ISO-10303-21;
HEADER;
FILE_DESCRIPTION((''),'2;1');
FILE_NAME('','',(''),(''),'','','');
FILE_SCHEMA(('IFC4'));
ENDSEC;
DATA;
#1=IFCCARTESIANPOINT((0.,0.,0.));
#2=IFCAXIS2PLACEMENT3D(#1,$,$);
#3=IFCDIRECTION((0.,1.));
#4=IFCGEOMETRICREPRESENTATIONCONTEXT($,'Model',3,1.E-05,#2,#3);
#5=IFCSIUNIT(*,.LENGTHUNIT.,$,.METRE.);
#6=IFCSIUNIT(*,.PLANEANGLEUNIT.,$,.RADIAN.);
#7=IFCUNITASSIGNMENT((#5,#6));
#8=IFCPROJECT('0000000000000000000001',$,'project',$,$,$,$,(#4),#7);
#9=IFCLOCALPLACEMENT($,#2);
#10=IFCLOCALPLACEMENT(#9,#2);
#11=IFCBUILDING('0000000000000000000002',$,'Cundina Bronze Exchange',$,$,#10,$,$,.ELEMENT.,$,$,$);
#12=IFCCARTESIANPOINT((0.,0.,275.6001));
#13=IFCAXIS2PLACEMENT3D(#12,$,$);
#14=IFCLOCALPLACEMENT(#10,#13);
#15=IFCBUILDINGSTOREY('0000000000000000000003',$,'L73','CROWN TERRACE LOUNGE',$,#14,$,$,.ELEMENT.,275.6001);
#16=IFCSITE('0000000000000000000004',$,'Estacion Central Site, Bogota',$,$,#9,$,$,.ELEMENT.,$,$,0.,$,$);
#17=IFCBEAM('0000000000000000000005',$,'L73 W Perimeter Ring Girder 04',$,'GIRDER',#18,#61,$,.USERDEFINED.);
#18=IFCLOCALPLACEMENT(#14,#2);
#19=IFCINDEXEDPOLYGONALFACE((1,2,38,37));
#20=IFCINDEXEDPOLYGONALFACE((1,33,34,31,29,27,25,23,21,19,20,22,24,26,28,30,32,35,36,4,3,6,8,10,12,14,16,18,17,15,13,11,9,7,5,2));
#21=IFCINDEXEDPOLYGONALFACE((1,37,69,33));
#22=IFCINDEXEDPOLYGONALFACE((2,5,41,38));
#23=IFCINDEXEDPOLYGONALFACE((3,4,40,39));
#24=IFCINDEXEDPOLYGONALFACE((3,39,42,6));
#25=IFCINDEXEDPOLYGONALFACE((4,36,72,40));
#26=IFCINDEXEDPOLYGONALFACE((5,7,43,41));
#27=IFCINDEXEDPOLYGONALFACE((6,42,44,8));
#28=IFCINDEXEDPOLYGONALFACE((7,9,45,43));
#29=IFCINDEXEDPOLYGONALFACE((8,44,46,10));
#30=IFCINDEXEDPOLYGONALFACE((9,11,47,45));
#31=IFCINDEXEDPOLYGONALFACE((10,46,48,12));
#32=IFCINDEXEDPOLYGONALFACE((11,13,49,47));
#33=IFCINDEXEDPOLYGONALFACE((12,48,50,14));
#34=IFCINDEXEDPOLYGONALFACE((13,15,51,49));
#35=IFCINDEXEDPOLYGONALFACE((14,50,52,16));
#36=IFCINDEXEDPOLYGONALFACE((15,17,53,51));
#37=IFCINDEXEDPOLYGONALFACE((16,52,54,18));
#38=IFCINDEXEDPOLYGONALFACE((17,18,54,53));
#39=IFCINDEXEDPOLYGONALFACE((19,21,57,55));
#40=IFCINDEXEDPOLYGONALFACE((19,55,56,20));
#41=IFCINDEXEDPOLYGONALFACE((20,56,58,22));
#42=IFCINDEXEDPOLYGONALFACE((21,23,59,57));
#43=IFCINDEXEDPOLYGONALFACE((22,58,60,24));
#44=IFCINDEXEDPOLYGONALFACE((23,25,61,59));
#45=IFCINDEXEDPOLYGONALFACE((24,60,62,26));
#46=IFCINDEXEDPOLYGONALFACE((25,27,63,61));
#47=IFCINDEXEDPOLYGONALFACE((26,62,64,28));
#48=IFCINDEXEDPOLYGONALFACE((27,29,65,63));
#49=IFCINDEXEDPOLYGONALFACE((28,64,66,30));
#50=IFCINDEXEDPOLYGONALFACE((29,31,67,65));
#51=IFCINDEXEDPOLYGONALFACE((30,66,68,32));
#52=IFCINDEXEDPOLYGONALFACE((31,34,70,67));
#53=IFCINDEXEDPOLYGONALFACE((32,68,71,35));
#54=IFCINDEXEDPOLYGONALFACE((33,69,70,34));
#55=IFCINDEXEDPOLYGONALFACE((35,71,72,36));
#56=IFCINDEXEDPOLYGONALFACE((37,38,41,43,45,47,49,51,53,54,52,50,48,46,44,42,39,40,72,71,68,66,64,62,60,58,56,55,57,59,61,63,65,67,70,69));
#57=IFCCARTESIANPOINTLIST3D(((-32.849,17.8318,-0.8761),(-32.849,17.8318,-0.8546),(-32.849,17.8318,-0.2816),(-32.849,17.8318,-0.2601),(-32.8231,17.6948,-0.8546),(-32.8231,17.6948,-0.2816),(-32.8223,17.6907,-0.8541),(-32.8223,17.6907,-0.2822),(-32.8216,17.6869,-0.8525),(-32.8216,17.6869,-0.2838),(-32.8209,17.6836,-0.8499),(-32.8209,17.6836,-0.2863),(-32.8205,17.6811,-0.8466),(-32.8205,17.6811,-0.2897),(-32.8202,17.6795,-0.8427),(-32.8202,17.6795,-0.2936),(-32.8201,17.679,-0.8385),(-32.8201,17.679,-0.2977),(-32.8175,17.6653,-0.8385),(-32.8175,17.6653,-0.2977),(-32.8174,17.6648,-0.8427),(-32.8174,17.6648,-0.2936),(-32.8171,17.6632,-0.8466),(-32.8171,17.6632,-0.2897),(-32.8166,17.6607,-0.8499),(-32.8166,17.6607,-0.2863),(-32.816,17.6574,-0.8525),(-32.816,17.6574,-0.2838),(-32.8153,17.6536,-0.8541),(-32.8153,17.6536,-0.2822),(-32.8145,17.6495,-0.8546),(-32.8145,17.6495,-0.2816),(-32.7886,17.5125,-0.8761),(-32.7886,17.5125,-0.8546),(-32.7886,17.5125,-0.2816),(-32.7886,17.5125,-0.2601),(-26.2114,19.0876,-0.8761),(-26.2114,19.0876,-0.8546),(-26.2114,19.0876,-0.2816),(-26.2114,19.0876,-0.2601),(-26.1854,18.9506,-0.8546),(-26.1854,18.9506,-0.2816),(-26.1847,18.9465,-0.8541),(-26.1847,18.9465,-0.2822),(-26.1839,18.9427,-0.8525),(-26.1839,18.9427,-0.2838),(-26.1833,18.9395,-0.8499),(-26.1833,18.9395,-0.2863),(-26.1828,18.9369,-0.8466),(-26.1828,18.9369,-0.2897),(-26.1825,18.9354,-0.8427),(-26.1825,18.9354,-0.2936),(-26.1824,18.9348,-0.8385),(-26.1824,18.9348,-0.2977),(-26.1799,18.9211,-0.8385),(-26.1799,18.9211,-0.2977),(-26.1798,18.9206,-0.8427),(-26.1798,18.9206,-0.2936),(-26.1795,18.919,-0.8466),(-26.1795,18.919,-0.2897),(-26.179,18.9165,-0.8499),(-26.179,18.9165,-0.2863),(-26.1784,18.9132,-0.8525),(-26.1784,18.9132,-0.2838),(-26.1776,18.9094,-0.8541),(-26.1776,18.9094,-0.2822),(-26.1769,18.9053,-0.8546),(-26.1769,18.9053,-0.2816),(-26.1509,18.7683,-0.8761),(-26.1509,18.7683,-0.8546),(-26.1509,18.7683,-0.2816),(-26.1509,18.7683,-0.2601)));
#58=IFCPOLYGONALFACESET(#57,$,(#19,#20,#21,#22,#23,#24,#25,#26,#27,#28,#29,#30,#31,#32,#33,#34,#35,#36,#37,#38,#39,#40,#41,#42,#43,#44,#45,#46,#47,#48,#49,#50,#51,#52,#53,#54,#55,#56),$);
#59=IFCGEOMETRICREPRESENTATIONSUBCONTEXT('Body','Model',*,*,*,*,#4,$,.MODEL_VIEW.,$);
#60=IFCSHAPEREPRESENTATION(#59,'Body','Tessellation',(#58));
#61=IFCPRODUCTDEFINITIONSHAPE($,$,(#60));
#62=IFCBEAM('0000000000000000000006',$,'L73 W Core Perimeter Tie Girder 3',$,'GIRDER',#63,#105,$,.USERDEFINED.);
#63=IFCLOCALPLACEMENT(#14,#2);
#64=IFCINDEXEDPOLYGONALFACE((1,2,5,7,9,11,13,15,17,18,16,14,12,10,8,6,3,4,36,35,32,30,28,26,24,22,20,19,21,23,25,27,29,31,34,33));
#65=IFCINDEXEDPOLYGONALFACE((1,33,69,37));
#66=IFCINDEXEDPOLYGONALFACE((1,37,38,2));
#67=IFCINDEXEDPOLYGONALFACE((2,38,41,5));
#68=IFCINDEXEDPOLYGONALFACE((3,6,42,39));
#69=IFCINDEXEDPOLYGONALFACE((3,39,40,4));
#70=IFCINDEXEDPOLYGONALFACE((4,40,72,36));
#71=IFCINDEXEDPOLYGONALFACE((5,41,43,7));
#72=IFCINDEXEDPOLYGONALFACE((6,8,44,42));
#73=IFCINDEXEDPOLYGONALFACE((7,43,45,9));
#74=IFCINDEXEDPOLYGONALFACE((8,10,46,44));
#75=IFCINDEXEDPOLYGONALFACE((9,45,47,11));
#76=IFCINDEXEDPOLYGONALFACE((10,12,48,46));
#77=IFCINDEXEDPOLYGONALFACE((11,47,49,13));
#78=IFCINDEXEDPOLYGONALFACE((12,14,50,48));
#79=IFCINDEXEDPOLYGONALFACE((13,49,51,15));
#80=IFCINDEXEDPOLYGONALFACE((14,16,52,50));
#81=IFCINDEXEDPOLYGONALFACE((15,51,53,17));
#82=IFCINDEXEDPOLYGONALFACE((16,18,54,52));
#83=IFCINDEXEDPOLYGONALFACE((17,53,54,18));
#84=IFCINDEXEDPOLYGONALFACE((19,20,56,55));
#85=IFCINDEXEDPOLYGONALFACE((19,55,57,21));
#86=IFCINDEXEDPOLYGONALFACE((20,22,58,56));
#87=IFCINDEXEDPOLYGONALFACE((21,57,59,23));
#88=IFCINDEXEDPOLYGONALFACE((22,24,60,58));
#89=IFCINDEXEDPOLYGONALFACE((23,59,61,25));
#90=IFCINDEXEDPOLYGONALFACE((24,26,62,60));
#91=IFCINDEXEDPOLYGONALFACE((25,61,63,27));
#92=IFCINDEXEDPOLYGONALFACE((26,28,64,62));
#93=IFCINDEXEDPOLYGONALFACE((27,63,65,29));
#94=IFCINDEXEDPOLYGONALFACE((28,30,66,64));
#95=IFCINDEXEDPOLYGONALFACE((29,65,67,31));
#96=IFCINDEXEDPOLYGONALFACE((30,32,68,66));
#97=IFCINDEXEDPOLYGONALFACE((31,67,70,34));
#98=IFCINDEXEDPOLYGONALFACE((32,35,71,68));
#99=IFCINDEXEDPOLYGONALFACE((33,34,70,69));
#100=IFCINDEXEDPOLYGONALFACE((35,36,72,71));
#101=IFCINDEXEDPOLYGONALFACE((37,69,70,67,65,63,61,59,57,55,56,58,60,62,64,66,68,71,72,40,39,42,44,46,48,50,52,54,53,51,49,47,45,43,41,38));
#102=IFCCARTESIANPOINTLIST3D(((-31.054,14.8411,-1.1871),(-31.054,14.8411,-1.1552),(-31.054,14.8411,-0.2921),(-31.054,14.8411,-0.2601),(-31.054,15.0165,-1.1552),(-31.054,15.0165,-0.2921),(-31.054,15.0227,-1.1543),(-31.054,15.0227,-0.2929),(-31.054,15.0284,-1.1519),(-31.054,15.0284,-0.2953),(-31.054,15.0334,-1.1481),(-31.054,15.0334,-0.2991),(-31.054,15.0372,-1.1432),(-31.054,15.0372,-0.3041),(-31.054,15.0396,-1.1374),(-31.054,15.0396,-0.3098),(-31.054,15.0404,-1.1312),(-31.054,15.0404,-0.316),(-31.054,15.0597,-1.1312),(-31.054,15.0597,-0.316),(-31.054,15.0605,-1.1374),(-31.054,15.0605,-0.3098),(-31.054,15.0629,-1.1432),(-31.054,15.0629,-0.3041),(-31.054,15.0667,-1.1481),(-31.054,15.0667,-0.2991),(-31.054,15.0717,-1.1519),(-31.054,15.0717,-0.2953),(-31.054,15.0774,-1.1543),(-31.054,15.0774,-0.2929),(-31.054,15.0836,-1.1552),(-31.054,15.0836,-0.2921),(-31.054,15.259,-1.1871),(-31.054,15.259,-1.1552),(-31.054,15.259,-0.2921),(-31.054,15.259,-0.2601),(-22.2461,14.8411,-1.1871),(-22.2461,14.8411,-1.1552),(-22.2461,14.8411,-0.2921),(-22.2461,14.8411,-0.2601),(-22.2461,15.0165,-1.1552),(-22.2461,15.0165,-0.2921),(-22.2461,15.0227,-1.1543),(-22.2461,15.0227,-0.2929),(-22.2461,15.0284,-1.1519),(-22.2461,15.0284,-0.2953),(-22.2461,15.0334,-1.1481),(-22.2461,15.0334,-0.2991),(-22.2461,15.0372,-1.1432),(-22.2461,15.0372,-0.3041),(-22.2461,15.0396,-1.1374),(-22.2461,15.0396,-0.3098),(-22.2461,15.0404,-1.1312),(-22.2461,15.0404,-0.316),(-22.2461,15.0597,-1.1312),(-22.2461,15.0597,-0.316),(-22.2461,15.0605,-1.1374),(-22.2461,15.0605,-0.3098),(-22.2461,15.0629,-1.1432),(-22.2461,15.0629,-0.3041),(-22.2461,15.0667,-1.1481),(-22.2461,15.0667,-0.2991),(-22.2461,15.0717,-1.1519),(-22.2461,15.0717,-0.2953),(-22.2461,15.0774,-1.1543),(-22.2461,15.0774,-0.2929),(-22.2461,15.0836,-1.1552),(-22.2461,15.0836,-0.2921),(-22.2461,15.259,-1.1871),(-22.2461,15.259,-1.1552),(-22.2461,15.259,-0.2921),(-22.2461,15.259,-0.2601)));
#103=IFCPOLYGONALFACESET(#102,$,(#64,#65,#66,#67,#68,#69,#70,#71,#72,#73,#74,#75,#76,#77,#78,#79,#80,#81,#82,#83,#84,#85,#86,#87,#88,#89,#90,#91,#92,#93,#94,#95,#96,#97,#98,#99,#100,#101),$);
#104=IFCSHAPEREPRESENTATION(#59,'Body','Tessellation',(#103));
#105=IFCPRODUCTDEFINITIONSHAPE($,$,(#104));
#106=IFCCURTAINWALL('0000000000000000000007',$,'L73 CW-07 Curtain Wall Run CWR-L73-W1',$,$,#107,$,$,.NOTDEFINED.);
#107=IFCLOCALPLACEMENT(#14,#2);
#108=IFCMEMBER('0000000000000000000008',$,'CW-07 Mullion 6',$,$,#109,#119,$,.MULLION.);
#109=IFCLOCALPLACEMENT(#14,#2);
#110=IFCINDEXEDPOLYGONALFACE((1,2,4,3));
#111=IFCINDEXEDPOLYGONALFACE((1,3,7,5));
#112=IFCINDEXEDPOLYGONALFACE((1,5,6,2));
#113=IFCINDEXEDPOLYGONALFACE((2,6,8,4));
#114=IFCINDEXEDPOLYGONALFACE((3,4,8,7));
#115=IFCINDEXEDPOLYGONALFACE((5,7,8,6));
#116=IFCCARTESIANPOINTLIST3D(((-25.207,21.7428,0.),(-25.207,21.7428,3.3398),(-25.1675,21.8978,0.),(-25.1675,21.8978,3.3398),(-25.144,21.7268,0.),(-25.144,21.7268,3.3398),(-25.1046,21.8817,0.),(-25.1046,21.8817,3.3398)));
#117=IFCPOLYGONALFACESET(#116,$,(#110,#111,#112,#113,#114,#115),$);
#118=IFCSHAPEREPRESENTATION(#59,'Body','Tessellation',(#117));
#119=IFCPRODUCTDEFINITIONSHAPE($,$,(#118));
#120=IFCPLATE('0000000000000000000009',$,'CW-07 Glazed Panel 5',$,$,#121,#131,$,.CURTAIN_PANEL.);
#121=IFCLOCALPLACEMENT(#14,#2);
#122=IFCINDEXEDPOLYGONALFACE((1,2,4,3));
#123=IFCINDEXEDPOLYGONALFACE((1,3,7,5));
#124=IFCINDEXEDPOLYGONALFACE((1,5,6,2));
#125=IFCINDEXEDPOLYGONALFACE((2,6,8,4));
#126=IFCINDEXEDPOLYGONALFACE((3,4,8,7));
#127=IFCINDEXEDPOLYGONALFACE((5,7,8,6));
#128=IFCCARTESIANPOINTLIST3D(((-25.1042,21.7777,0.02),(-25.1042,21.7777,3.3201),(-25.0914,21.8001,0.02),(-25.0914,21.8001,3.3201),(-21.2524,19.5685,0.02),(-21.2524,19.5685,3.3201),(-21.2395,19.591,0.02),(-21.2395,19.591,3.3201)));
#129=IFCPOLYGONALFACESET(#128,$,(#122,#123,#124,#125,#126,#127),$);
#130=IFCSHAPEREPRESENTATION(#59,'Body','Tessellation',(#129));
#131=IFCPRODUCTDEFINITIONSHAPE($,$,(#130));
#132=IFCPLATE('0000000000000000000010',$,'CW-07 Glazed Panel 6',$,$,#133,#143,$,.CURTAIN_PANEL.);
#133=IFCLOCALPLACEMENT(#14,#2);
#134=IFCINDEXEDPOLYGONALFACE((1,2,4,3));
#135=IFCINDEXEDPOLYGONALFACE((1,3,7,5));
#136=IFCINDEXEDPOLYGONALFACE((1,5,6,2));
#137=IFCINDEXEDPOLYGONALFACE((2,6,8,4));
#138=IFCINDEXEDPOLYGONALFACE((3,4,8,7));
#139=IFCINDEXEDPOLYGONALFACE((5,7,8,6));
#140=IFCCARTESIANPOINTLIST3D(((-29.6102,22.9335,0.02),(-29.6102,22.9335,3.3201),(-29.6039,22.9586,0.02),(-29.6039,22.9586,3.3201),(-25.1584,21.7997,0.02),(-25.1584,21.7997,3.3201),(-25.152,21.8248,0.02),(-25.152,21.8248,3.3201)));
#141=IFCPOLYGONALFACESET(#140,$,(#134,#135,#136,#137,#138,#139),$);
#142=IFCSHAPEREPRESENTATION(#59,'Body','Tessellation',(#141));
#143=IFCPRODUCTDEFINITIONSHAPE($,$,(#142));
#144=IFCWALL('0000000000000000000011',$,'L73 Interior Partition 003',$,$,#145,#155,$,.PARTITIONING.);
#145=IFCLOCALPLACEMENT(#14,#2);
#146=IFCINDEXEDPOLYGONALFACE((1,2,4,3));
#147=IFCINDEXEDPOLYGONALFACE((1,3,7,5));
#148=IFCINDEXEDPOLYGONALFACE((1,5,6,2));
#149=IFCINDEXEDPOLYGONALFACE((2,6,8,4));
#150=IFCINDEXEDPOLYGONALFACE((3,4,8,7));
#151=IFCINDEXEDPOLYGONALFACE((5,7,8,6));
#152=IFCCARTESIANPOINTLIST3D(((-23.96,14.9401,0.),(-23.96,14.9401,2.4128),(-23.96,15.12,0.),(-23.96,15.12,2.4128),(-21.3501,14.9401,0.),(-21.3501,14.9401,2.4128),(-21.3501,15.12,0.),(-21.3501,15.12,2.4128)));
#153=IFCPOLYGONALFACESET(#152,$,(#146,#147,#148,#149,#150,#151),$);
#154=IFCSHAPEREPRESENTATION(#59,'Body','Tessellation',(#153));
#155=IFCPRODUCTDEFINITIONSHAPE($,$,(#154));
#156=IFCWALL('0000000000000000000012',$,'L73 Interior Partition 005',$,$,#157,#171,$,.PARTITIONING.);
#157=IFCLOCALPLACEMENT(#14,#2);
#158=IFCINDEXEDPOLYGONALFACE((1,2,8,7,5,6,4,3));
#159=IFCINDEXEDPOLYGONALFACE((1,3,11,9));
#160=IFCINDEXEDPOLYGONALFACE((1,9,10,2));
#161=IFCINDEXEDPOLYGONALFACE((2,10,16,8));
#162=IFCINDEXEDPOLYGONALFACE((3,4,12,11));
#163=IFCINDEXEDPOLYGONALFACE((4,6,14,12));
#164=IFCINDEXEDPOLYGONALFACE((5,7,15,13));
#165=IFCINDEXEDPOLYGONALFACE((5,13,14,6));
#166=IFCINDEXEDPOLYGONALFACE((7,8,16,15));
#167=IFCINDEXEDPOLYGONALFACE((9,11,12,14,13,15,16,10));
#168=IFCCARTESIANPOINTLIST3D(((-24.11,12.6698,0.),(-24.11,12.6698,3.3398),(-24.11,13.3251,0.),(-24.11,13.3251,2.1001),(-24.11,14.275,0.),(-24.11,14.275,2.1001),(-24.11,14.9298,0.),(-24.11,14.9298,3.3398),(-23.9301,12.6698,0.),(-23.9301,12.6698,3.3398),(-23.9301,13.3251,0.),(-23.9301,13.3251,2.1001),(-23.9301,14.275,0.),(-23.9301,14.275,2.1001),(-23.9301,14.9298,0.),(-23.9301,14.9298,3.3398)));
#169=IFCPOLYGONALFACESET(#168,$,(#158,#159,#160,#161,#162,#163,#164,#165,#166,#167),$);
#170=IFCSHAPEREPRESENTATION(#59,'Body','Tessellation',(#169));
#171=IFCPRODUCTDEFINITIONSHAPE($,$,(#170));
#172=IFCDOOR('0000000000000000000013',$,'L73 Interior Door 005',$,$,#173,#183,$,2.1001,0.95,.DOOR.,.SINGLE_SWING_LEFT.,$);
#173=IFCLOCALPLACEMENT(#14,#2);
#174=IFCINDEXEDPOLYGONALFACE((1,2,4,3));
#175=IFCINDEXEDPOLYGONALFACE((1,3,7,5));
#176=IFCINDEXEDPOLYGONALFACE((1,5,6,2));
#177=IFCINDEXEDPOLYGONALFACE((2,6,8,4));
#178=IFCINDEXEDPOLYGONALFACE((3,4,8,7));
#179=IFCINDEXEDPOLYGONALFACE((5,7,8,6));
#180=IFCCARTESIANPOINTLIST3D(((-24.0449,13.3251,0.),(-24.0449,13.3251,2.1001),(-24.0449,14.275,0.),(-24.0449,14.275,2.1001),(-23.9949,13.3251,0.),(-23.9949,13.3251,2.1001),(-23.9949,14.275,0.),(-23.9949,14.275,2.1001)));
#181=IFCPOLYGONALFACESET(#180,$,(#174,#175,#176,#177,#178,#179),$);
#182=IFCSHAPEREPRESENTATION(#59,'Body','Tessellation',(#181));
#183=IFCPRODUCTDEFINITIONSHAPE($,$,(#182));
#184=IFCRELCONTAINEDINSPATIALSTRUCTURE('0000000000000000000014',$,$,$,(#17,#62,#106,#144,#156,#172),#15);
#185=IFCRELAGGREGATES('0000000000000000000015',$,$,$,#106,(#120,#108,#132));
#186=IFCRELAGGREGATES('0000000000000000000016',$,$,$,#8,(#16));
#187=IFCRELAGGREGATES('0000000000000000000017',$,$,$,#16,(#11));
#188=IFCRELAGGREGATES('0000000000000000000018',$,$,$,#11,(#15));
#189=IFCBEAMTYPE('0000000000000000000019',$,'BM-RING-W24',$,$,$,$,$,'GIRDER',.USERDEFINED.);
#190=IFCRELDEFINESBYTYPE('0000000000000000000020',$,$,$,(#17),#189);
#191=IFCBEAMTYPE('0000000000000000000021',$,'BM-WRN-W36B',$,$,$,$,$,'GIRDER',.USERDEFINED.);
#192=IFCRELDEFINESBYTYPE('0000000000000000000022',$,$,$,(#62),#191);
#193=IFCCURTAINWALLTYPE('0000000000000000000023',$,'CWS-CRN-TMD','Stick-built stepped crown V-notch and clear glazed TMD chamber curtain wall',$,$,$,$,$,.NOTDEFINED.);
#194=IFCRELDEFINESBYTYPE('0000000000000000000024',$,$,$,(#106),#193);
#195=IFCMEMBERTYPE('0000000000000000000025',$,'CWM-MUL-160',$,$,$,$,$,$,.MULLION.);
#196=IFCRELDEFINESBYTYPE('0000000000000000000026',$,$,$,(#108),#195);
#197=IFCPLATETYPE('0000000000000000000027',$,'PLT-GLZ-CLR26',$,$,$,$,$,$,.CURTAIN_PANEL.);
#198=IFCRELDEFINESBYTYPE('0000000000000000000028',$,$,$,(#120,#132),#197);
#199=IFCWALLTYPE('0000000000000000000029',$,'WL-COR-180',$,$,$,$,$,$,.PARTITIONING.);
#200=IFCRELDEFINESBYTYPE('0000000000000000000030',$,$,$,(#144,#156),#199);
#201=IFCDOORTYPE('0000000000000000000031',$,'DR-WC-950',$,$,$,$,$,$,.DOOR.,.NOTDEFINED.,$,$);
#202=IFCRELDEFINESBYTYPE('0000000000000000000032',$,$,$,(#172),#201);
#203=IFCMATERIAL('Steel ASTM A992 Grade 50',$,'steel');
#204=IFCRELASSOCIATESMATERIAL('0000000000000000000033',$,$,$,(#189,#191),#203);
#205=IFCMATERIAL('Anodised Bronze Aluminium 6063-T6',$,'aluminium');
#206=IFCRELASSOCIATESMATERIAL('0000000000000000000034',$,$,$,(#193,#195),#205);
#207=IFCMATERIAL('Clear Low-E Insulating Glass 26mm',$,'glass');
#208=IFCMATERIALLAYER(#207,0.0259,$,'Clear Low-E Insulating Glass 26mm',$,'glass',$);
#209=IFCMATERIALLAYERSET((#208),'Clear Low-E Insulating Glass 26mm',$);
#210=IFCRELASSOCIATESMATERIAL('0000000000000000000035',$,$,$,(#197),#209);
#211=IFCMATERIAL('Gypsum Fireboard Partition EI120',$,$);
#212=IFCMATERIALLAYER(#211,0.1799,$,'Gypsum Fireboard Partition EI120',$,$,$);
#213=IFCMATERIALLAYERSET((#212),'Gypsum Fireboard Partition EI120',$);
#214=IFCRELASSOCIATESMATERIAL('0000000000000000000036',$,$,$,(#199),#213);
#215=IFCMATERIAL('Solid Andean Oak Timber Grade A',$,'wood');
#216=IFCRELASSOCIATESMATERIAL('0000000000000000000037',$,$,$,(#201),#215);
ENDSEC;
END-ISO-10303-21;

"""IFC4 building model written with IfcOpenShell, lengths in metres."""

from ifc_helpers import new_model, si_unit, direction, frame, frame_2d, origin, origin_2d, place, context, subcontext, project, spatial, rectangle, i_section, extrude, material, layer, layer_set, material_profile, profile_set, type_object, element, fill, aggregate, save


model = new_model("IFC4")

# Units and contexts
model_context = context("Model", 3, precision=1e-05, world=origin(), true_north=direction((0.0, 1.0)))
body_context = subcontext(model_context, "Body", "Model", "MODEL_VIEW")
ifc_project = project(units=[si_unit("LENGTHUNIT", "METRE"), si_unit("PLANEANGLEUNIT", "RADIAN")], contexts=[model_context])

# Site, building, storey
site_placement = place(None, origin())
site = spatial("IfcSite", under=ifc_project, at=site_placement, Name="Estacion Central Site, Bogota", CompositionType="ELEMENT", RefElevation=0.0)
building_placement = place(site_placement, origin())
building = spatial("IfcBuilding", under=site, at=building_placement, Name="Cundina Bronze Exchange", CompositionType="ELEMENT")
storey_placement = place(building_placement, frame((0.0, 0.0, 275.6001)))
storey = spatial("IfcBuildingStorey", under=building, at=storey_placement, Name="L73", Description="CROWN TERRACE LOUNGE", CompositionType="ELEMENT", Elevation=275.6001)

# Shared definitions
ifc_material_1 = material(Name="Steel ASTM A992 Grade 50", Category="steel")

# Beams
ifc_material_profile_1 = material_profile(ifc_material_1, i_section(OverallWidth=0.325, OverallDepth=0.616, WebThickness=0.0139, FlangeThickness=0.0215, FilletRadius=0.0161, at=origin_2d()), Name="W24X117", Category="steel")
ifc_profile_set_1 = profile_set([ifc_material_profile_1], Name="Steel ASTM A992 Grade 50")
beam_type_1 = type_object("IfcBeamType", Name="BM-RING-W24", ElementType="GIRDER", PredefinedType="USERDEFINED", material=ifc_profile_set_1)
beam_1_placement = place(storey_placement, frame((-26.1812, 18.928, -0.5681), z_axis=(-0.982568, -0.185903, 0.0), x_axis=(0.185903, -0.982568, 0.0)))
element("IfcBeam", 1, at=beam_1_placement, inside=storey, type_object=beam_type_1, Name="L73 W Perimeter Ring Girder 04", ObjectType="GIRDER", PredefinedType="USERDEFINED", context=body_context, shape_type="SweptSolid", body=[
    extrude(i_section(OverallWidth=0.325, OverallDepth=0.616, WebThickness=0.0139, FlangeThickness=0.0215, FilletRadius=0.0161, at=origin_2d()), origin(), (0.0, 0.0, 1.0), 6.7554),
])
ifc_material_profile_2 = material_profile(ifc_material_1, i_section(OverallWidth=0.418, OverallDepth=0.927, WebThickness=0.0193, FlangeThickness=0.032, FilletRadius=0.0239, at=origin_2d()), Name="W36X231", Category="steel")
ifc_profile_set_2 = profile_set([ifc_material_profile_2], Name="Steel ASTM A992 Grade 50")
beam_type_2 = type_object("IfcBeamType", Name="BM-WRN-W36B", ElementType="GIRDER", PredefinedType="USERDEFINED", material=ifc_profile_set_2)
beam_2_placement = place(storey_placement, frame((-22.2461, 15.05, -0.7236), z_axis=(-1.0, 0.0, 0.0), x_axis=(0.0, -1.0, 0.0)))
element("IfcBeam", 2, at=beam_2_placement, inside=storey, type_object=beam_type_2, Name="L73 W Core Perimeter Tie Girder 3", ObjectType="GIRDER", PredefinedType="USERDEFINED", context=body_context, shape_type="SweptSolid", body=[
    extrude(i_section(OverallWidth=0.418, OverallDepth=0.927, WebThickness=0.0193, FlangeThickness=0.032, FilletRadius=0.0239, at=origin_2d()), origin(), (0.0, 0.0, 1.0), 8.8079),
])

# Curtain wall, member, plates
ifc_material_2 = material(Name="Anodised Bronze Aluminium 6063-T6", Category="aluminium")
curtain_wall_type = type_object("IfcCurtainWallType", Name="CWS-CRN-TMD", Description="Stick-built stepped crown V-notch and clear glazed TMD chamber curtain wall", PredefinedType="NOTDEFINED", material=ifc_material_2)
curtain_wall_placement = place(storey_placement, origin())
curtain_wall = element("IfcCurtainWall", 3, at=curtain_wall_placement, inside=storey, type_object=curtain_wall_type, Name="L73 CW-07 Curtain Wall Run CWR-L73-W1", PredefinedType="NOTDEFINED")
ifc_material_profile_3 = material_profile(ifc_material_2, rectangle(XDim=0.0649, YDim=0.1599, at=origin_2d()), Name="AL65X160", Category="aluminium")
ifc_profile_set_3 = profile_set([ifc_material_profile_3], Name="Anodised Bronze Aluminium 6063-T6")
member_type = type_object("IfcMemberType", Name="CWM-MUL-160", PredefinedType="MULLION", material=ifc_profile_set_3)
member_placement = place(storey_placement, frame((-25.1558, 21.8123, 0.0), z_axis=(0.0, 0.0, 1.0), x_axis=(-0.969059, 0.24683, 0.0)))
member = element("IfcMember", 4, at=member_placement, type_object=member_type, Name="CW-07 Mullion 6", PredefinedType="MULLION", context=body_context, shape_type="SweptSolid", body=[
    extrude(rectangle(XDim=0.0649, YDim=0.1599, at=origin_2d()), origin(), (0.0, 0.0, 1.0), 3.3398),
])
ifc_material_3 = material(Name="Clear Low-E Insulating Glass 26mm", Category="glass")
ifc_layer_1 = layer(ifc_material_3, 0.0259, Name="Clear Low-E Insulating Glass 26mm", Category="glass")
ifc_layer_set_1 = layer_set([ifc_layer_1], Name="Clear Low-E Insulating Glass 26mm")
plate_type = type_object("IfcPlateType", Name="PLT-GLZ-CLR26", PredefinedType="CURTAIN_PANEL", material=ifc_layer_set_1)
plate_1_placement = place(storey_placement, frame((-23.1719, 20.6843, 0.02), z_axis=(0.0, 0.0, 1.0), x_axis=(-0.867453, 0.497519, 0.0)))
plate_1 = element("IfcPlate", 5, at=plate_1_placement, type_object=plate_type, Name="CW-07 Glazed Panel 5", PredefinedType="CURTAIN_PANEL", context=body_context, shape_type="SweptSolid", body=[
    extrude(rectangle(XDim=4.4404, YDim=0.0259, at=origin_2d()), origin(), (0.0, 0.0, 1.0), 3.3),
])
plate_2_placement = place(storey_placement, frame((-27.3811, 22.3792, 0.02), z_axis=(0.0, 0.0, 1.0), x_axis=(-0.969067, 0.246796, 0.0)))
plate_2 = element("IfcPlate", 6, at=plate_2_placement, type_object=plate_type, Name="CW-07 Glazed Panel 6", PredefinedType="CURTAIN_PANEL", context=body_context, shape_type="SweptSolid", body=[
    extrude(rectangle(XDim=4.594, YDim=0.0259, at=origin_2d()), origin(), (0.0, 0.0, 1.0), 3.3),
])
aggregate(curtain_wall, [plate_1, member, plate_2])

# Wall
ifc_material_4 = material(Name="Gypsum Fireboard Partition EI120")
ifc_layer_2 = layer(ifc_material_4, 0.1799, Name="Gypsum Fireboard Partition EI120")
ifc_layer_set_2 = layer_set([ifc_layer_2], Name="Gypsum Fireboard Partition EI120")
wall_type_1 = type_object("IfcWallType", Name="WL-COR-180", PredefinedType="PARTITIONING", material=ifc_layer_set_2)
wall_1_placement = place(storey_placement, frame((-23.96, 15.03, 0.0), z_axis=(0.0, 0.0, 1.0), x_axis=(1.0, 0.0, 0.0)))
element("IfcWall", 7, at=wall_1_placement, inside=storey, type_object=wall_type_1, Name="L73 Interior Partition 003", PredefinedType="PARTITIONING", context=body_context, shape_type="SweptSolid", body=[
    extrude(rectangle(XDim=2.6099, YDim=0.1799, at=frame_2d((1.3049, 0.0))), origin(), (0.0, 0.0, 1.0), 2.4128),
])

# Wall, opening, door
wall_2_placement = place(storey_placement, frame((-24.02, 12.6699, 0.0), z_axis=(0.0, 0.0, 1.0), x_axis=(0.0, 1.0, 0.0)))
wall_2 = element("IfcWall", 8, at=wall_2_placement, inside=storey, type_object=wall_type_1, Name="L73 Interior Partition 005", PredefinedType="PARTITIONING", context=body_context, shape_type="SweptSolid", body=[
    extrude(rectangle(XDim=2.26, YDim=0.1799, at=frame_2d((1.1299, 0.0))), origin(), (0.0, 0.0, 1.0), 3.3398),
])
opening_1_placement = place(wall_2_placement, frame((0.655, 0.0, 0.0)))
opening_1 = element("IfcOpeningElement", 9, at=opening_1_placement, cuts=wall_2, PredefinedType="OPENING", context=body_context, shape_type="SweptSolid", body=[
    extrude(rectangle(XDim=0.95, YDim=2.1001, at=frame_2d((0.4751, 1.05))), frame((0.0, 0.0999, 0.0), z_axis=(0.0, -1.0, 0.0), x_axis=(1.0, 0.0, 0.0)), (0.0, 0.0, 1.0), 0.2),
])
ifc_material_5 = material(Name="Solid Andean Oak Timber Grade A", Category="wood")
door_type_1 = type_object("IfcDoorType", Name="DR-WC-950", OperationType="NOTDEFINED", PredefinedType="DOOR", material=ifc_material_5)
door_1_placement = place(opening_1_placement, origin())
door_1 = element("IfcDoor", 10, at=door_1_placement, inside=storey, type_object=door_type_1, Name="L73 Interior Door 005", OperationType="SINGLE_SWING_LEFT", OverallHeight=2.1001, OverallWidth=0.95, PredefinedType="DOOR", context=body_context, shape_type="SweptSolid", body=[
    extrude(rectangle(XDim=0.95, YDim=2.1001, at=frame_2d((0.4751, 1.05))), frame((0.0, 0.0249, 0.0), z_axis=(0.0, -1.0, 0.0), x_axis=(1.0, 0.0, 0.0)), (0.0, 0.0, 1.0), 0.05),
])
fill(opening_1, door_1)

save(model, "model.ifc")
